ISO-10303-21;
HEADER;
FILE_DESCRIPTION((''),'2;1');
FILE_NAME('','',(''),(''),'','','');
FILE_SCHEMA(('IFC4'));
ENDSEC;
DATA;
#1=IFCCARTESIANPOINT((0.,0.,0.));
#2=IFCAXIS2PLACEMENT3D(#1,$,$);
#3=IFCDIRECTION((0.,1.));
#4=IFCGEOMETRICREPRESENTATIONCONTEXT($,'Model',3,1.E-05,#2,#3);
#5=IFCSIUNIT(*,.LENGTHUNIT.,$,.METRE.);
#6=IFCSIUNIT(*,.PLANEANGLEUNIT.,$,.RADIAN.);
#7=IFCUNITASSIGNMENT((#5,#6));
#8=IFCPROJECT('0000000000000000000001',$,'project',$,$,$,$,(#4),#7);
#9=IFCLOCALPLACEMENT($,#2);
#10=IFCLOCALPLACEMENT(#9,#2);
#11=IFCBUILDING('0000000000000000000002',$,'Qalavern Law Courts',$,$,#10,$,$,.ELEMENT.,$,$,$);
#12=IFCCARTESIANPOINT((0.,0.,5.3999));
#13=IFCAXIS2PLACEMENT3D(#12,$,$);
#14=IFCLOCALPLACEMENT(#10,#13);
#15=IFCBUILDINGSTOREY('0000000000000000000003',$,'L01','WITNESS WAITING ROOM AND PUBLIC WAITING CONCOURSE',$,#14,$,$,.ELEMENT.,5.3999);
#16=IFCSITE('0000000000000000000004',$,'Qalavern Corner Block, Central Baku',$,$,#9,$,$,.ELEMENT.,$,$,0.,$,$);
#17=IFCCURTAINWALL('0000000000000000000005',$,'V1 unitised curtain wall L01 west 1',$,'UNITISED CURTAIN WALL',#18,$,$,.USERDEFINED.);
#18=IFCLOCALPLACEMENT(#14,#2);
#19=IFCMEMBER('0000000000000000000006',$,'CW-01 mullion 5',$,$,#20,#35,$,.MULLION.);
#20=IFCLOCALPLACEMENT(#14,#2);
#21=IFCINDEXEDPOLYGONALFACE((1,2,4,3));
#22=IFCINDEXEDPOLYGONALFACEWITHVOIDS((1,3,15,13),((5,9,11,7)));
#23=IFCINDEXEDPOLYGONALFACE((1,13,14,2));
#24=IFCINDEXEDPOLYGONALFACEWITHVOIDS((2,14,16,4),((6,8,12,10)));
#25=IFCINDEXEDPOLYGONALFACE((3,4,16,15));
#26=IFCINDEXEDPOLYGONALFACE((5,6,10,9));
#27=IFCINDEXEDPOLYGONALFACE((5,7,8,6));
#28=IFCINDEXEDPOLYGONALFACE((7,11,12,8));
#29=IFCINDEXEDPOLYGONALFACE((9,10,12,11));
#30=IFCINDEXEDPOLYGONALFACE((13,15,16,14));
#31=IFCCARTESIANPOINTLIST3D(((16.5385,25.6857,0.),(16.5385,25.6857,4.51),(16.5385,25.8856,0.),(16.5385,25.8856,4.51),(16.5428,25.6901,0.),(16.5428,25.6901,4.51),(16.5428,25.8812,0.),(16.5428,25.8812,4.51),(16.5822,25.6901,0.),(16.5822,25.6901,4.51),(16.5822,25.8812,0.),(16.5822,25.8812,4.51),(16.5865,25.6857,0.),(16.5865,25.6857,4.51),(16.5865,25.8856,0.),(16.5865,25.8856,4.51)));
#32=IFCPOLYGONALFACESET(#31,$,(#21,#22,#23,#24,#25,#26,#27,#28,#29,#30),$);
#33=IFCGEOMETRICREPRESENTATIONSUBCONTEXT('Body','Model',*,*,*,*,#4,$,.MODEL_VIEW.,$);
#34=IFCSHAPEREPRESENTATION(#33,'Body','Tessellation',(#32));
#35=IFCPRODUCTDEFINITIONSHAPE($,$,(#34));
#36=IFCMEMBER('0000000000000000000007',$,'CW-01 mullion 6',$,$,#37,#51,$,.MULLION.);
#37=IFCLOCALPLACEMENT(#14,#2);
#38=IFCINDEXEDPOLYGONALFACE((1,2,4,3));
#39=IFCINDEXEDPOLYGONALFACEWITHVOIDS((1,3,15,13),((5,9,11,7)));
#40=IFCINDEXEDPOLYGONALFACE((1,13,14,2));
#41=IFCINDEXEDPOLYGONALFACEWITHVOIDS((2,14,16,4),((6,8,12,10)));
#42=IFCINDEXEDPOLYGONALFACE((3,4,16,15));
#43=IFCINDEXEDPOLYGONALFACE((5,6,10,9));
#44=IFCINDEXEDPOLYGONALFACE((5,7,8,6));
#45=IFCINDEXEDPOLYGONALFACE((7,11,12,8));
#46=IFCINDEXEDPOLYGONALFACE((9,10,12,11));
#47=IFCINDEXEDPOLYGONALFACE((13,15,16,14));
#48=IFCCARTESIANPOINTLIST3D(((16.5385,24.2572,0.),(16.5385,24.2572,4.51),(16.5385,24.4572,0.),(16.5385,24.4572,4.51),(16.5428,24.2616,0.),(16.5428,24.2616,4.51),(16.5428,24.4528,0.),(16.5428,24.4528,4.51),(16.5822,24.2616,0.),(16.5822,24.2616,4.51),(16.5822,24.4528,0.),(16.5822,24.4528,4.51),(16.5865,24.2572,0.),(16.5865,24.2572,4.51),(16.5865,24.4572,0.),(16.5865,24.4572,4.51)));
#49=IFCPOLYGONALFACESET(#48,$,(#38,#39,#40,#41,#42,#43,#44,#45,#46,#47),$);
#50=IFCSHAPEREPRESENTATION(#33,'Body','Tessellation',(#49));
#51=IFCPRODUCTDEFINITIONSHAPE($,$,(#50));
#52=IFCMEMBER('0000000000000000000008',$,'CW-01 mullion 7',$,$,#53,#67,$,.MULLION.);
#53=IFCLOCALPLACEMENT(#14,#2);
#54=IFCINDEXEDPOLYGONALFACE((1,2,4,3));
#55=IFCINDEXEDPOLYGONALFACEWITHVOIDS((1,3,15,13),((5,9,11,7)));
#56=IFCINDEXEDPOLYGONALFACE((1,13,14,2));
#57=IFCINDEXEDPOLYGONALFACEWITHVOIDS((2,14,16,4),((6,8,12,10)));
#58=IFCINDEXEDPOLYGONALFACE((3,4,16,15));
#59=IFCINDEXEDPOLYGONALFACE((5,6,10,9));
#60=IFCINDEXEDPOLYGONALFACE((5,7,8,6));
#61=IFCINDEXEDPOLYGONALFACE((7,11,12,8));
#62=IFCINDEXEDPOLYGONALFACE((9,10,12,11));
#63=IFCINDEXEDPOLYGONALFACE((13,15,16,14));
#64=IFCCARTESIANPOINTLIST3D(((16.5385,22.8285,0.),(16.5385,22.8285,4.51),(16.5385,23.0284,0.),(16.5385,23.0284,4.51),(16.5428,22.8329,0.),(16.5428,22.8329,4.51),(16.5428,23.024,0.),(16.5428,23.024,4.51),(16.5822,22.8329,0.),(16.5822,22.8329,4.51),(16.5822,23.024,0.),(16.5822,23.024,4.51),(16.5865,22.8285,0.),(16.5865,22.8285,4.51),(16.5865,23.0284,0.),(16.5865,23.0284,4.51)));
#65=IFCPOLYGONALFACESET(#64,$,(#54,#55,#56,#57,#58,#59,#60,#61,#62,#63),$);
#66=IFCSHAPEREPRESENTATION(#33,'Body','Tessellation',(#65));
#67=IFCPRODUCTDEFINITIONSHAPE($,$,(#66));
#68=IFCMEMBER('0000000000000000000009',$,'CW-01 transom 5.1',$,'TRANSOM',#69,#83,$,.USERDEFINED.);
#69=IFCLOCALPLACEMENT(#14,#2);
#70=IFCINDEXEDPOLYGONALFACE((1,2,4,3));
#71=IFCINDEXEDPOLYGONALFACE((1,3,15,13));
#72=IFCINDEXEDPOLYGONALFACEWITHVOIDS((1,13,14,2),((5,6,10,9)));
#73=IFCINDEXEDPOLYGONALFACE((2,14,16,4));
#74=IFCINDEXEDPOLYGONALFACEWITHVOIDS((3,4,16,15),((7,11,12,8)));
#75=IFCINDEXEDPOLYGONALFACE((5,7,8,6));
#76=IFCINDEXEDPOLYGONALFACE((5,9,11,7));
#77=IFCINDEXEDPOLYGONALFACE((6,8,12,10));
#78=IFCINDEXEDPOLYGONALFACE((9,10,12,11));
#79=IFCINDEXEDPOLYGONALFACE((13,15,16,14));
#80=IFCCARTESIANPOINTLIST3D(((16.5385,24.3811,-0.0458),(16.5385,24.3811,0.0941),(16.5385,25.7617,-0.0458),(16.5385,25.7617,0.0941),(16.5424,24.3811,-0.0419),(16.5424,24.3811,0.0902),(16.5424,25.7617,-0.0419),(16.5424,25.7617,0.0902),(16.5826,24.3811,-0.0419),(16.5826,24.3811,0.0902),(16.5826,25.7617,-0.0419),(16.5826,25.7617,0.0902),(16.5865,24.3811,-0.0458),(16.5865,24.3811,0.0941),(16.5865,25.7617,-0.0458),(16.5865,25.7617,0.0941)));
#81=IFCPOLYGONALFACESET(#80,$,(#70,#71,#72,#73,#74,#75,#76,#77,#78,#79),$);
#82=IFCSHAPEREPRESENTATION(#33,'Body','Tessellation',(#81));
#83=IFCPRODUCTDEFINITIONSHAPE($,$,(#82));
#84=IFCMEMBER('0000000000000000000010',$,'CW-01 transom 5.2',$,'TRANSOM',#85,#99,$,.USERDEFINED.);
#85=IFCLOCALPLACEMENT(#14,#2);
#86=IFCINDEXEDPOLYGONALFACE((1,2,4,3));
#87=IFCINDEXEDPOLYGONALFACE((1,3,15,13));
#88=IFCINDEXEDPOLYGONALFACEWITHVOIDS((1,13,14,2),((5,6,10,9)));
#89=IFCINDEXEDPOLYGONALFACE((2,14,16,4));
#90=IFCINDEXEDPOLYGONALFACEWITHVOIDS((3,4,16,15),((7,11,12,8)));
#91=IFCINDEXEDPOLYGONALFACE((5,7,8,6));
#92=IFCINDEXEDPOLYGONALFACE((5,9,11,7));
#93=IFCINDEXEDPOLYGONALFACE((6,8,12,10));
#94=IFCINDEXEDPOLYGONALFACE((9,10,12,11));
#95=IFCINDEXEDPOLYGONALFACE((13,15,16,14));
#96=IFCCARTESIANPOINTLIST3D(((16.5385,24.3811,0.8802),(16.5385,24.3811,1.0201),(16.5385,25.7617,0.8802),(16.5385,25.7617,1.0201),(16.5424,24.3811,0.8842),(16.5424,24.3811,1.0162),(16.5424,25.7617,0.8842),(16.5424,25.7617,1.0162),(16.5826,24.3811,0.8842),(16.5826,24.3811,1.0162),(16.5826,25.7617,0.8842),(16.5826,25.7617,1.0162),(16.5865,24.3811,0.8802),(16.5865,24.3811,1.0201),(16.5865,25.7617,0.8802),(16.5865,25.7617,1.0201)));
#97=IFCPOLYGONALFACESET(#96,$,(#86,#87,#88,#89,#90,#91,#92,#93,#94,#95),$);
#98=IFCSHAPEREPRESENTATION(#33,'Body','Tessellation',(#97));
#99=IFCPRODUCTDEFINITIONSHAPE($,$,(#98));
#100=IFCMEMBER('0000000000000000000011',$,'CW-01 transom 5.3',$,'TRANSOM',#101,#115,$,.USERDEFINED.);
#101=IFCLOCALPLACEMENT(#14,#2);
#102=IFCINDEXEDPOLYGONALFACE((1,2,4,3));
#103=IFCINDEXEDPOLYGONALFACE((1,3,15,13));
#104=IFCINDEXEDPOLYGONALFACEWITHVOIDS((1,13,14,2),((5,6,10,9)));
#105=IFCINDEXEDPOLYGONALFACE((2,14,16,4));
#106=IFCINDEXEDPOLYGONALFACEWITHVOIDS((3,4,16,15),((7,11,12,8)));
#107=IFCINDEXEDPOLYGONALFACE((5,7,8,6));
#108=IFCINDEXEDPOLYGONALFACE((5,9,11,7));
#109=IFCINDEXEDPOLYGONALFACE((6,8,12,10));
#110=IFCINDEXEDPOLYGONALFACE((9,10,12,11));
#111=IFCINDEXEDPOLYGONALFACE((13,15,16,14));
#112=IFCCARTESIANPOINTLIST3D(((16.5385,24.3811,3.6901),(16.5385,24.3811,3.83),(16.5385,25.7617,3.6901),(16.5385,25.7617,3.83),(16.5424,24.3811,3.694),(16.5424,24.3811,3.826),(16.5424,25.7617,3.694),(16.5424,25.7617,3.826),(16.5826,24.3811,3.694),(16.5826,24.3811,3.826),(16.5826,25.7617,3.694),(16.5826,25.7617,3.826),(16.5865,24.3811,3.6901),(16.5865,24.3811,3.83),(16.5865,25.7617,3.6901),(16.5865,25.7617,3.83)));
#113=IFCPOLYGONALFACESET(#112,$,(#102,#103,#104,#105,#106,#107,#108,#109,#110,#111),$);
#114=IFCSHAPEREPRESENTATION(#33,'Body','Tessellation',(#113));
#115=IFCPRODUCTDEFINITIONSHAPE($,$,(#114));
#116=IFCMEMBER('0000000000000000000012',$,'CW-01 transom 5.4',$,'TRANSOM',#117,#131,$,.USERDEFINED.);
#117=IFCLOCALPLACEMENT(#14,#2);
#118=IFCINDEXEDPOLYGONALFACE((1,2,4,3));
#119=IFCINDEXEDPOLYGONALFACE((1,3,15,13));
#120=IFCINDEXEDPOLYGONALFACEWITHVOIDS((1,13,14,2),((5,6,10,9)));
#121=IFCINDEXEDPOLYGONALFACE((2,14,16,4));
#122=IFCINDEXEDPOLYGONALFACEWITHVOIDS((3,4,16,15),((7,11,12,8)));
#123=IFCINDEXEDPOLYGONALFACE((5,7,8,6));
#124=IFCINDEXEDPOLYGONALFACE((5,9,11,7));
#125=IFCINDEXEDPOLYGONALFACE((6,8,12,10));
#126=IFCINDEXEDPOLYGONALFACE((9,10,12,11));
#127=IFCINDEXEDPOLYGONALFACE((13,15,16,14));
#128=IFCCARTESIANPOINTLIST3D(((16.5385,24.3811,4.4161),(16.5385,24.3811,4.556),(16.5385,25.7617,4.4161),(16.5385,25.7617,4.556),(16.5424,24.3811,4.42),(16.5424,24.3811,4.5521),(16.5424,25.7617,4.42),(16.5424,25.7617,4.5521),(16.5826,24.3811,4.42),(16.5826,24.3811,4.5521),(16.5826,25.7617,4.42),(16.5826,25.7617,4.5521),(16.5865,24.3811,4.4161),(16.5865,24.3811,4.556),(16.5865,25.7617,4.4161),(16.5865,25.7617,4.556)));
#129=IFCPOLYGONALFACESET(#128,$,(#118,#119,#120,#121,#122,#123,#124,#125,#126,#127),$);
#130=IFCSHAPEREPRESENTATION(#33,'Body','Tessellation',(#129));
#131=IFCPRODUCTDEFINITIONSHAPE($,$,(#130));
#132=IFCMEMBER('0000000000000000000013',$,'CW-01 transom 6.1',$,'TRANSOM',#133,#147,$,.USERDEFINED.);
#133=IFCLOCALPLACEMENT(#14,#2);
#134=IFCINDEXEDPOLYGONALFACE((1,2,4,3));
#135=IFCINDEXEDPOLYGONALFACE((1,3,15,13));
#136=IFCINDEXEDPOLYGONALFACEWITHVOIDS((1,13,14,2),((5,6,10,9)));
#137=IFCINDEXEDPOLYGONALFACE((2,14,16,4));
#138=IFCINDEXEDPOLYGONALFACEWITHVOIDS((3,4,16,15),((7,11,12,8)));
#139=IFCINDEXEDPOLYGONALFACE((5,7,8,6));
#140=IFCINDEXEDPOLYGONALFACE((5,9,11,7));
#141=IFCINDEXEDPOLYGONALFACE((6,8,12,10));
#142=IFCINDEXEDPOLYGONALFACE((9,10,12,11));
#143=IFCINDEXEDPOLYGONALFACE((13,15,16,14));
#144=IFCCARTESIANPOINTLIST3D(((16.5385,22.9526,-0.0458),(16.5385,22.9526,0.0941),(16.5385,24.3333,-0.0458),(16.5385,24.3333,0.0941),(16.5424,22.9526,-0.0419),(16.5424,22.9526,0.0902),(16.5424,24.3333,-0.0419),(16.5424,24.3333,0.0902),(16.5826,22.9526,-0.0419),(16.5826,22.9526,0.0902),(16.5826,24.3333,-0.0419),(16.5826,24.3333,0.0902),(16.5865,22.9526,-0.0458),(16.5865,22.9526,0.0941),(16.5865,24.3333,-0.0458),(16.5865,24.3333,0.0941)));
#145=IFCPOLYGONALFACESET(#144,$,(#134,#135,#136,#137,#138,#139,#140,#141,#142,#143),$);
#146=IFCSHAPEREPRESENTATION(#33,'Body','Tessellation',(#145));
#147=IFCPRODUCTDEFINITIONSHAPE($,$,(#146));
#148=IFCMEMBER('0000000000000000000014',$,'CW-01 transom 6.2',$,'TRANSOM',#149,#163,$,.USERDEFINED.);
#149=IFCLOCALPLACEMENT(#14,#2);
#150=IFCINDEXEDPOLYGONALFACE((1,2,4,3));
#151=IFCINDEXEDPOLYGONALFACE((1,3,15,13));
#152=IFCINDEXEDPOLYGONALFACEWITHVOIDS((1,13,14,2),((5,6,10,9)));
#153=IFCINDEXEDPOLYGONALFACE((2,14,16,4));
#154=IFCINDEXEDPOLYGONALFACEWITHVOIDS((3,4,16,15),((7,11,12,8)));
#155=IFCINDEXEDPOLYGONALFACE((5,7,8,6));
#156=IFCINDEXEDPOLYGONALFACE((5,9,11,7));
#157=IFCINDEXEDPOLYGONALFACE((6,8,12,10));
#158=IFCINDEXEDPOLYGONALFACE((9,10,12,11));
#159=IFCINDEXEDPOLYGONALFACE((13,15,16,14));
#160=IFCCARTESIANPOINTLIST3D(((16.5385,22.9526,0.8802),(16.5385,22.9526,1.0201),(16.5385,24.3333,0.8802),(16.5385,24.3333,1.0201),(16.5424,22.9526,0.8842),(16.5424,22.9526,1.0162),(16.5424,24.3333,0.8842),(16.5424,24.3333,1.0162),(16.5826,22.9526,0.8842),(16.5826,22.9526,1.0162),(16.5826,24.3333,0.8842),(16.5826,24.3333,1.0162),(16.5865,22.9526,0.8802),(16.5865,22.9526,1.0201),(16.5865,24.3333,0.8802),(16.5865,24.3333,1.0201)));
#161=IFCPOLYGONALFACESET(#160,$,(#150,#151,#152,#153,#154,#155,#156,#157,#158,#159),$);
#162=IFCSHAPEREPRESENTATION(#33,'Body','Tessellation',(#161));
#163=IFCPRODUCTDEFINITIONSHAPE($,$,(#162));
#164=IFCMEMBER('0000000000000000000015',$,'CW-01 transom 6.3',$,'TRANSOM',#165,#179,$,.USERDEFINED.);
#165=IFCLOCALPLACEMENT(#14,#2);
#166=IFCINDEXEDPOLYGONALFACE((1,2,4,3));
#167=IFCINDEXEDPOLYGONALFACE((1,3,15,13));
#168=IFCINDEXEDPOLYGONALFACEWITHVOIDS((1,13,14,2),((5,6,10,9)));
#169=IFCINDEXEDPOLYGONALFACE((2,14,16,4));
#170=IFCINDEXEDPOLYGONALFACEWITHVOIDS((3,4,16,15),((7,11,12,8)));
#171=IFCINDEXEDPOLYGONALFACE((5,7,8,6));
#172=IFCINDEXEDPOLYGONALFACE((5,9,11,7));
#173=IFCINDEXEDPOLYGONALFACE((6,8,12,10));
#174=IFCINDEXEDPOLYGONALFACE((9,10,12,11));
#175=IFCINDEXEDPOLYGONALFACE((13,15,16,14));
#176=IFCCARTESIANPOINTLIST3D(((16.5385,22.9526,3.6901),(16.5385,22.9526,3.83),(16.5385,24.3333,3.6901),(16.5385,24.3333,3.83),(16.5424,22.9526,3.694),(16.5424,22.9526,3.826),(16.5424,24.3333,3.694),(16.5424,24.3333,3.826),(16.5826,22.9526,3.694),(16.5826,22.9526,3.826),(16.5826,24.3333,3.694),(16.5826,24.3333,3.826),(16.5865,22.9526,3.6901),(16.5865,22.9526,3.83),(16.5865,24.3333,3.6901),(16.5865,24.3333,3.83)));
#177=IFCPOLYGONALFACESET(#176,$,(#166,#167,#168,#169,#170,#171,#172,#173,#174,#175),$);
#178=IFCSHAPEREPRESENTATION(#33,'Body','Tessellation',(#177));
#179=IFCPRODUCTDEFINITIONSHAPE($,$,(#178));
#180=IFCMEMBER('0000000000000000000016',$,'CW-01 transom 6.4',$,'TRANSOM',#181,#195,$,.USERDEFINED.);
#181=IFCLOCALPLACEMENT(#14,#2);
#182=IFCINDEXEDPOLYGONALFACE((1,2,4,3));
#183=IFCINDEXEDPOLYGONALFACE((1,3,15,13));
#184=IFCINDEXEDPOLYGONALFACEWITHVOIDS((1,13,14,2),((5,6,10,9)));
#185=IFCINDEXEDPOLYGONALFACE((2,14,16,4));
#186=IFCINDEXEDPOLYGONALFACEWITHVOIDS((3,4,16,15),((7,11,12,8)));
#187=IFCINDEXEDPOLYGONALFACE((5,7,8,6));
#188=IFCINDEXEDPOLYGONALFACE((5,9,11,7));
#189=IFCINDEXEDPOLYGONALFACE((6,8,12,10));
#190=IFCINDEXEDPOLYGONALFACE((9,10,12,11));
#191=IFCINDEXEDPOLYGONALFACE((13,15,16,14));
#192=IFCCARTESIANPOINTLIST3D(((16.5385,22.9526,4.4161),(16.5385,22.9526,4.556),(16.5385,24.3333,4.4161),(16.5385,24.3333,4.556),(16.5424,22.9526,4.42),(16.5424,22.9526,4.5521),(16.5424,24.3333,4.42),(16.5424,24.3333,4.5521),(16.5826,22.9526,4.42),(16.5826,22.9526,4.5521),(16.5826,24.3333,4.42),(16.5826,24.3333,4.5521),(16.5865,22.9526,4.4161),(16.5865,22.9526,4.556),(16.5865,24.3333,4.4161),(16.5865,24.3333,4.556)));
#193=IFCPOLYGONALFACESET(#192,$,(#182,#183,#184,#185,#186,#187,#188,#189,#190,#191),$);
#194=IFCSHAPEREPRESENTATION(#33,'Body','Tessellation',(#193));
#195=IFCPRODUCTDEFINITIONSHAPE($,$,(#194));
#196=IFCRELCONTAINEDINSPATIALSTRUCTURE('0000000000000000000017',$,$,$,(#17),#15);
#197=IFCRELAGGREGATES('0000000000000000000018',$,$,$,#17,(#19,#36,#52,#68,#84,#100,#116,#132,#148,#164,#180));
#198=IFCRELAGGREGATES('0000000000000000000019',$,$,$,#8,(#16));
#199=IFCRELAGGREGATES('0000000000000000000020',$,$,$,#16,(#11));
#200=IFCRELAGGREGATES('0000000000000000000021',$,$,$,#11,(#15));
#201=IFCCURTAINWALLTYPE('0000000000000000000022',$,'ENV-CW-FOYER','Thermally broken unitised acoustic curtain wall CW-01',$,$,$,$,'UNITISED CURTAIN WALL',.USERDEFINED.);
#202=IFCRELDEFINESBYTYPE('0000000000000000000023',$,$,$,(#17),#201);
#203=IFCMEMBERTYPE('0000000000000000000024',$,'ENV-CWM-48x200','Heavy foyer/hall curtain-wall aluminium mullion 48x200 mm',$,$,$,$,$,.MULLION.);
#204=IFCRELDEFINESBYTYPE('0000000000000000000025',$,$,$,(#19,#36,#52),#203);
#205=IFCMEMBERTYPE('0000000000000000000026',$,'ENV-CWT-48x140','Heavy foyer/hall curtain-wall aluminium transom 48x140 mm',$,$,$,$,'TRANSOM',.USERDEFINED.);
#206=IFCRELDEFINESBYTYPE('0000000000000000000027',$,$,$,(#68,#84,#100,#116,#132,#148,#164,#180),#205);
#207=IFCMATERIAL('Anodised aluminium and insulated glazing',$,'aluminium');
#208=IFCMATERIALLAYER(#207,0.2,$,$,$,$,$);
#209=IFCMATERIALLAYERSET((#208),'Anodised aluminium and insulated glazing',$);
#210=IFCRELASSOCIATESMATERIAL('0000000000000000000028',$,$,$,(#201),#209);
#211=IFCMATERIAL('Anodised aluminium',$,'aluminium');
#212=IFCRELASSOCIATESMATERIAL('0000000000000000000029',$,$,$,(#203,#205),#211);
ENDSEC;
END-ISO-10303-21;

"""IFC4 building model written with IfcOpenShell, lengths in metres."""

from ifc_helpers import new_model, si_unit, direction, frame, origin, origin_2d, place, context, subcontext, project, spatial, hollow_rectangle, extrude, material, layer, layer_set, material_profile, profile_set, type_object, element, aggregate, save


model = new_model("IFC4")

# Units and contexts
model_context = context("Model", 3, precision=1e-05, world=origin(), true_north=direction((0.0, 1.0)))
body_context = subcontext(model_context, "Body", "Model", "MODEL_VIEW")
ifc_project = project(units=[si_unit("LENGTHUNIT", "METRE"), si_unit("PLANEANGLEUNIT", "RADIAN")], contexts=[model_context])

# Site, building, storey
site_placement = place(None, origin())
site = spatial("IfcSite", under=ifc_project, at=site_placement, Name="Qalavern Corner Block, Central Baku", CompositionType="ELEMENT", RefElevation=0.0)
building_placement = place(site_placement, origin())
building = spatial("IfcBuilding", under=site, at=building_placement, Name="Qalavern Law Courts", CompositionType="ELEMENT")
storey_placement = place(building_placement, frame((0.0, 0.0, 5.3999)))
storey = spatial("IfcBuildingStorey", under=building, at=storey_placement, Name="L01", Description="WITNESS WAITING ROOM AND PUBLIC WAITING CONCOURSE", CompositionType="ELEMENT", Elevation=5.3999)

# Curtain wall, members
ifc_material_1 = material(Name="Anodised aluminium and insulated glazing", Category="aluminium")
ifc_layer_1 = layer(ifc_material_1, 0.2)
ifc_layer_set_1 = layer_set([ifc_layer_1], Name="Anodised aluminium and insulated glazing")
curtain_wall_type = type_object("IfcCurtainWallType", Name="ENV-CW-FOYER", Description="Thermally broken unitised acoustic curtain wall CW-01", ElementType="UNITISED CURTAIN WALL", PredefinedType="USERDEFINED", material=ifc_layer_set_1)
curtain_wall_placement = place(storey_placement, origin())
curtain_wall = element("IfcCurtainWall", 1, at=curtain_wall_placement, inside=storey, type_object=curtain_wall_type, Name="V1 unitised curtain wall L01 west 1", ObjectType="UNITISED CURTAIN WALL", PredefinedType="USERDEFINED")
ifc_material_2 = material(Name="Anodised aluminium", Category="aluminium")
ifc_material_profile_1 = material_profile(ifc_material_2, hollow_rectangle(XDim=0.0481, YDim=0.2, WallThickness=0.0044, at=origin_2d()), Name="ALU MULLION 48x200")
ifc_profile_set_1 = profile_set([ifc_material_profile_1], Name="Anodised aluminium")
member_type_1 = type_object("IfcMemberType", Name="ENV-CWM-48x200", Description="Heavy foyer/hall curtain-wall aluminium mullion 48x200 mm", PredefinedType="MULLION", material=ifc_profile_set_1)
member_1_placement = place(storey_placement, frame((16.5625, 25.7856, 0.0), z_axis=(0.0, 0.0, 1.0), x_axis=(1.0, 0.0, 0.0)))
member_1 = element("IfcMember", 2, at=member_1_placement, type_object=member_type_1, Name="CW-01 mullion 5", PredefinedType="MULLION", context=body_context, shape_type="SweptSolid", body=[
    extrude(hollow_rectangle(XDim=0.0481, YDim=0.2, WallThickness=0.0044, at=origin_2d()), origin(), (0.0, 0.0, 1.0), 4.51),
])
member_2_placement = place(storey_placement, frame((16.5625, 24.3572, 0.0), z_axis=(0.0, 0.0, 1.0), x_axis=(1.0, 0.0, 0.0)))
member_2 = element("IfcMember", 3, at=member_2_placement, type_object=member_type_1, Name="CW-01 mullion 6", PredefinedType="MULLION", context=body_context, shape_type="SweptSolid", body=[
    extrude(hollow_rectangle(XDim=0.0481, YDim=0.2, WallThickness=0.0044, at=origin_2d()), origin(), (0.0, 0.0, 1.0), 4.51),
])
member_3_placement = place(storey_placement, frame((16.5625, 22.9285, 0.0), z_axis=(0.0, 0.0, 1.0), x_axis=(1.0, 0.0, 0.0)))
member_3 = element("IfcMember", 4, at=member_3_placement, type_object=member_type_1, Name="CW-01 mullion 7", PredefinedType="MULLION", context=body_context, shape_type="SweptSolid", body=[
    extrude(hollow_rectangle(XDim=0.0481, YDim=0.2, WallThickness=0.0044, at=origin_2d()), origin(), (0.0, 0.0, 1.0), 4.51),
])
ifc_material_profile_2 = material_profile(ifc_material_2, hollow_rectangle(XDim=0.0481, YDim=0.1399, WallThickness=0.0039, at=origin_2d()), Name="ALU TRANSOM 48x140")
ifc_profile_set_2 = profile_set([ifc_material_profile_2], Name="Anodised aluminium")
member_type_2 = type_object("IfcMemberType", Name="ENV-CWT-48x140", Description="Heavy foyer/hall curtain-wall aluminium transom 48x140 mm", ElementType="TRANSOM", PredefinedType="USERDEFINED", material=ifc_profile_set_2)
member_4_placement = place(storey_placement, frame((16.5625, 25.7617, 0.0242), z_axis=(0.0, -1.0, 0.0), x_axis=(1.0, 0.0, 0.0)))
member_4 = element("IfcMember", 5, at=member_4_placement, type_object=member_type_2, Name="CW-01 transom 5.1", ObjectType="TRANSOM", PredefinedType="USERDEFINED", context=body_context, shape_type="SweptSolid", body=[
    extrude(hollow_rectangle(XDim=0.0481, YDim=0.1399, WallThickness=0.0039, at=origin_2d()), origin(), (0.0, 0.0, 1.0), 1.3806),
])
member_5_placement = place(storey_placement, frame((16.5625, 25.7617, 0.9502), z_axis=(0.0, -1.0, 0.0), x_axis=(1.0, 0.0, 0.0)))
member_5 = element("IfcMember", 6, at=member_5_placement, type_object=member_type_2, Name="CW-01 transom 5.2", ObjectType="TRANSOM", PredefinedType="USERDEFINED", context=body_context, shape_type="SweptSolid", body=[
    extrude(hollow_rectangle(XDim=0.0481, YDim=0.1399, WallThickness=0.0039, at=origin_2d()), origin(), (0.0, 0.0, 1.0), 1.3806),
])
member_6_placement = place(storey_placement, frame((16.5625, 25.7617, 3.76), z_axis=(0.0, -1.0, 0.0), x_axis=(1.0, 0.0, 0.0)))
member_6 = element("IfcMember", 7, at=member_6_placement, type_object=member_type_2, Name="CW-01 transom 5.3", ObjectType="TRANSOM", PredefinedType="USERDEFINED", context=body_context, shape_type="SweptSolid", body=[
    extrude(hollow_rectangle(XDim=0.0481, YDim=0.1399, WallThickness=0.0039, at=origin_2d()), origin(), (0.0, 0.0, 1.0), 1.3806),
])
member_7_placement = place(storey_placement, frame((16.5625, 25.7617, 4.4861), z_axis=(0.0, -1.0, 0.0), x_axis=(1.0, 0.0, 0.0)))
member_7 = element("IfcMember", 8, at=member_7_placement, type_object=member_type_2, Name="CW-01 transom 5.4", ObjectType="TRANSOM", PredefinedType="USERDEFINED", context=body_context, shape_type="SweptSolid", body=[
    extrude(hollow_rectangle(XDim=0.0481, YDim=0.1399, WallThickness=0.0039, at=origin_2d()), origin(), (0.0, 0.0, 1.0), 1.3806),
])
member_8_placement = place(storey_placement, frame((16.5625, 24.3333, 0.0242), z_axis=(0.0, -1.0, 0.0), x_axis=(1.0, 0.0, 0.0)))
member_8 = element("IfcMember", 9, at=member_8_placement, type_object=member_type_2, Name="CW-01 transom 6.1", ObjectType="TRANSOM", PredefinedType="USERDEFINED", context=body_context, shape_type="SweptSolid", body=[
    extrude(hollow_rectangle(XDim=0.0481, YDim=0.1399, WallThickness=0.0039, at=origin_2d()), origin(), (0.0, 0.0, 1.0), 1.3806),
])
member_9_placement = place(storey_placement, frame((16.5625, 24.3333, 0.9502), z_axis=(0.0, -1.0, 0.0), x_axis=(1.0, 0.0, 0.0)))
member_9 = element("IfcMember", 10, at=member_9_placement, type_object=member_type_2, Name="CW-01 transom 6.2", ObjectType="TRANSOM", PredefinedType="USERDEFINED", context=body_context, shape_type="SweptSolid", body=[
    extrude(hollow_rectangle(XDim=0.0481, YDim=0.1399, WallThickness=0.0039, at=origin_2d()), origin(), (0.0, 0.0, 1.0), 1.3806),
])
member_10_placement = place(storey_placement, frame((16.5625, 24.3333, 3.76), z_axis=(0.0, -1.0, 0.0), x_axis=(1.0, 0.0, 0.0)))
member_10 = element("IfcMember", 11, at=member_10_placement, type_object=member_type_2, Name="CW-01 transom 6.3", ObjectType="TRANSOM", PredefinedType="USERDEFINED", context=body_context, shape_type="SweptSolid", body=[
    extrude(hollow_rectangle(XDim=0.0481, YDim=0.1399, WallThickness=0.0039, at=origin_2d()), origin(), (0.0, 0.0, 1.0), 1.3806),
])
member_11_placement = place(storey_placement, frame((16.5625, 24.3333, 4.4861), z_axis=(0.0, -1.0, 0.0), x_axis=(1.0, 0.0, 0.0)))
member_11 = element("IfcMember", 12, at=member_11_placement, type_object=member_type_2, Name="CW-01 transom 6.4", ObjectType="TRANSOM", PredefinedType="USERDEFINED", context=body_context, shape_type="SweptSolid", body=[
    extrude(hollow_rectangle(XDim=0.0481, YDim=0.1399, WallThickness=0.0039, at=origin_2d()), origin(), (0.0, 0.0, 1.0), 1.3806),
])

aggregate(curtain_wall, [member_1, member_2, member_3, member_4, member_5, member_6, member_7, member_8, member_9, member_10, member_11])

save(model, "model.ifc")
